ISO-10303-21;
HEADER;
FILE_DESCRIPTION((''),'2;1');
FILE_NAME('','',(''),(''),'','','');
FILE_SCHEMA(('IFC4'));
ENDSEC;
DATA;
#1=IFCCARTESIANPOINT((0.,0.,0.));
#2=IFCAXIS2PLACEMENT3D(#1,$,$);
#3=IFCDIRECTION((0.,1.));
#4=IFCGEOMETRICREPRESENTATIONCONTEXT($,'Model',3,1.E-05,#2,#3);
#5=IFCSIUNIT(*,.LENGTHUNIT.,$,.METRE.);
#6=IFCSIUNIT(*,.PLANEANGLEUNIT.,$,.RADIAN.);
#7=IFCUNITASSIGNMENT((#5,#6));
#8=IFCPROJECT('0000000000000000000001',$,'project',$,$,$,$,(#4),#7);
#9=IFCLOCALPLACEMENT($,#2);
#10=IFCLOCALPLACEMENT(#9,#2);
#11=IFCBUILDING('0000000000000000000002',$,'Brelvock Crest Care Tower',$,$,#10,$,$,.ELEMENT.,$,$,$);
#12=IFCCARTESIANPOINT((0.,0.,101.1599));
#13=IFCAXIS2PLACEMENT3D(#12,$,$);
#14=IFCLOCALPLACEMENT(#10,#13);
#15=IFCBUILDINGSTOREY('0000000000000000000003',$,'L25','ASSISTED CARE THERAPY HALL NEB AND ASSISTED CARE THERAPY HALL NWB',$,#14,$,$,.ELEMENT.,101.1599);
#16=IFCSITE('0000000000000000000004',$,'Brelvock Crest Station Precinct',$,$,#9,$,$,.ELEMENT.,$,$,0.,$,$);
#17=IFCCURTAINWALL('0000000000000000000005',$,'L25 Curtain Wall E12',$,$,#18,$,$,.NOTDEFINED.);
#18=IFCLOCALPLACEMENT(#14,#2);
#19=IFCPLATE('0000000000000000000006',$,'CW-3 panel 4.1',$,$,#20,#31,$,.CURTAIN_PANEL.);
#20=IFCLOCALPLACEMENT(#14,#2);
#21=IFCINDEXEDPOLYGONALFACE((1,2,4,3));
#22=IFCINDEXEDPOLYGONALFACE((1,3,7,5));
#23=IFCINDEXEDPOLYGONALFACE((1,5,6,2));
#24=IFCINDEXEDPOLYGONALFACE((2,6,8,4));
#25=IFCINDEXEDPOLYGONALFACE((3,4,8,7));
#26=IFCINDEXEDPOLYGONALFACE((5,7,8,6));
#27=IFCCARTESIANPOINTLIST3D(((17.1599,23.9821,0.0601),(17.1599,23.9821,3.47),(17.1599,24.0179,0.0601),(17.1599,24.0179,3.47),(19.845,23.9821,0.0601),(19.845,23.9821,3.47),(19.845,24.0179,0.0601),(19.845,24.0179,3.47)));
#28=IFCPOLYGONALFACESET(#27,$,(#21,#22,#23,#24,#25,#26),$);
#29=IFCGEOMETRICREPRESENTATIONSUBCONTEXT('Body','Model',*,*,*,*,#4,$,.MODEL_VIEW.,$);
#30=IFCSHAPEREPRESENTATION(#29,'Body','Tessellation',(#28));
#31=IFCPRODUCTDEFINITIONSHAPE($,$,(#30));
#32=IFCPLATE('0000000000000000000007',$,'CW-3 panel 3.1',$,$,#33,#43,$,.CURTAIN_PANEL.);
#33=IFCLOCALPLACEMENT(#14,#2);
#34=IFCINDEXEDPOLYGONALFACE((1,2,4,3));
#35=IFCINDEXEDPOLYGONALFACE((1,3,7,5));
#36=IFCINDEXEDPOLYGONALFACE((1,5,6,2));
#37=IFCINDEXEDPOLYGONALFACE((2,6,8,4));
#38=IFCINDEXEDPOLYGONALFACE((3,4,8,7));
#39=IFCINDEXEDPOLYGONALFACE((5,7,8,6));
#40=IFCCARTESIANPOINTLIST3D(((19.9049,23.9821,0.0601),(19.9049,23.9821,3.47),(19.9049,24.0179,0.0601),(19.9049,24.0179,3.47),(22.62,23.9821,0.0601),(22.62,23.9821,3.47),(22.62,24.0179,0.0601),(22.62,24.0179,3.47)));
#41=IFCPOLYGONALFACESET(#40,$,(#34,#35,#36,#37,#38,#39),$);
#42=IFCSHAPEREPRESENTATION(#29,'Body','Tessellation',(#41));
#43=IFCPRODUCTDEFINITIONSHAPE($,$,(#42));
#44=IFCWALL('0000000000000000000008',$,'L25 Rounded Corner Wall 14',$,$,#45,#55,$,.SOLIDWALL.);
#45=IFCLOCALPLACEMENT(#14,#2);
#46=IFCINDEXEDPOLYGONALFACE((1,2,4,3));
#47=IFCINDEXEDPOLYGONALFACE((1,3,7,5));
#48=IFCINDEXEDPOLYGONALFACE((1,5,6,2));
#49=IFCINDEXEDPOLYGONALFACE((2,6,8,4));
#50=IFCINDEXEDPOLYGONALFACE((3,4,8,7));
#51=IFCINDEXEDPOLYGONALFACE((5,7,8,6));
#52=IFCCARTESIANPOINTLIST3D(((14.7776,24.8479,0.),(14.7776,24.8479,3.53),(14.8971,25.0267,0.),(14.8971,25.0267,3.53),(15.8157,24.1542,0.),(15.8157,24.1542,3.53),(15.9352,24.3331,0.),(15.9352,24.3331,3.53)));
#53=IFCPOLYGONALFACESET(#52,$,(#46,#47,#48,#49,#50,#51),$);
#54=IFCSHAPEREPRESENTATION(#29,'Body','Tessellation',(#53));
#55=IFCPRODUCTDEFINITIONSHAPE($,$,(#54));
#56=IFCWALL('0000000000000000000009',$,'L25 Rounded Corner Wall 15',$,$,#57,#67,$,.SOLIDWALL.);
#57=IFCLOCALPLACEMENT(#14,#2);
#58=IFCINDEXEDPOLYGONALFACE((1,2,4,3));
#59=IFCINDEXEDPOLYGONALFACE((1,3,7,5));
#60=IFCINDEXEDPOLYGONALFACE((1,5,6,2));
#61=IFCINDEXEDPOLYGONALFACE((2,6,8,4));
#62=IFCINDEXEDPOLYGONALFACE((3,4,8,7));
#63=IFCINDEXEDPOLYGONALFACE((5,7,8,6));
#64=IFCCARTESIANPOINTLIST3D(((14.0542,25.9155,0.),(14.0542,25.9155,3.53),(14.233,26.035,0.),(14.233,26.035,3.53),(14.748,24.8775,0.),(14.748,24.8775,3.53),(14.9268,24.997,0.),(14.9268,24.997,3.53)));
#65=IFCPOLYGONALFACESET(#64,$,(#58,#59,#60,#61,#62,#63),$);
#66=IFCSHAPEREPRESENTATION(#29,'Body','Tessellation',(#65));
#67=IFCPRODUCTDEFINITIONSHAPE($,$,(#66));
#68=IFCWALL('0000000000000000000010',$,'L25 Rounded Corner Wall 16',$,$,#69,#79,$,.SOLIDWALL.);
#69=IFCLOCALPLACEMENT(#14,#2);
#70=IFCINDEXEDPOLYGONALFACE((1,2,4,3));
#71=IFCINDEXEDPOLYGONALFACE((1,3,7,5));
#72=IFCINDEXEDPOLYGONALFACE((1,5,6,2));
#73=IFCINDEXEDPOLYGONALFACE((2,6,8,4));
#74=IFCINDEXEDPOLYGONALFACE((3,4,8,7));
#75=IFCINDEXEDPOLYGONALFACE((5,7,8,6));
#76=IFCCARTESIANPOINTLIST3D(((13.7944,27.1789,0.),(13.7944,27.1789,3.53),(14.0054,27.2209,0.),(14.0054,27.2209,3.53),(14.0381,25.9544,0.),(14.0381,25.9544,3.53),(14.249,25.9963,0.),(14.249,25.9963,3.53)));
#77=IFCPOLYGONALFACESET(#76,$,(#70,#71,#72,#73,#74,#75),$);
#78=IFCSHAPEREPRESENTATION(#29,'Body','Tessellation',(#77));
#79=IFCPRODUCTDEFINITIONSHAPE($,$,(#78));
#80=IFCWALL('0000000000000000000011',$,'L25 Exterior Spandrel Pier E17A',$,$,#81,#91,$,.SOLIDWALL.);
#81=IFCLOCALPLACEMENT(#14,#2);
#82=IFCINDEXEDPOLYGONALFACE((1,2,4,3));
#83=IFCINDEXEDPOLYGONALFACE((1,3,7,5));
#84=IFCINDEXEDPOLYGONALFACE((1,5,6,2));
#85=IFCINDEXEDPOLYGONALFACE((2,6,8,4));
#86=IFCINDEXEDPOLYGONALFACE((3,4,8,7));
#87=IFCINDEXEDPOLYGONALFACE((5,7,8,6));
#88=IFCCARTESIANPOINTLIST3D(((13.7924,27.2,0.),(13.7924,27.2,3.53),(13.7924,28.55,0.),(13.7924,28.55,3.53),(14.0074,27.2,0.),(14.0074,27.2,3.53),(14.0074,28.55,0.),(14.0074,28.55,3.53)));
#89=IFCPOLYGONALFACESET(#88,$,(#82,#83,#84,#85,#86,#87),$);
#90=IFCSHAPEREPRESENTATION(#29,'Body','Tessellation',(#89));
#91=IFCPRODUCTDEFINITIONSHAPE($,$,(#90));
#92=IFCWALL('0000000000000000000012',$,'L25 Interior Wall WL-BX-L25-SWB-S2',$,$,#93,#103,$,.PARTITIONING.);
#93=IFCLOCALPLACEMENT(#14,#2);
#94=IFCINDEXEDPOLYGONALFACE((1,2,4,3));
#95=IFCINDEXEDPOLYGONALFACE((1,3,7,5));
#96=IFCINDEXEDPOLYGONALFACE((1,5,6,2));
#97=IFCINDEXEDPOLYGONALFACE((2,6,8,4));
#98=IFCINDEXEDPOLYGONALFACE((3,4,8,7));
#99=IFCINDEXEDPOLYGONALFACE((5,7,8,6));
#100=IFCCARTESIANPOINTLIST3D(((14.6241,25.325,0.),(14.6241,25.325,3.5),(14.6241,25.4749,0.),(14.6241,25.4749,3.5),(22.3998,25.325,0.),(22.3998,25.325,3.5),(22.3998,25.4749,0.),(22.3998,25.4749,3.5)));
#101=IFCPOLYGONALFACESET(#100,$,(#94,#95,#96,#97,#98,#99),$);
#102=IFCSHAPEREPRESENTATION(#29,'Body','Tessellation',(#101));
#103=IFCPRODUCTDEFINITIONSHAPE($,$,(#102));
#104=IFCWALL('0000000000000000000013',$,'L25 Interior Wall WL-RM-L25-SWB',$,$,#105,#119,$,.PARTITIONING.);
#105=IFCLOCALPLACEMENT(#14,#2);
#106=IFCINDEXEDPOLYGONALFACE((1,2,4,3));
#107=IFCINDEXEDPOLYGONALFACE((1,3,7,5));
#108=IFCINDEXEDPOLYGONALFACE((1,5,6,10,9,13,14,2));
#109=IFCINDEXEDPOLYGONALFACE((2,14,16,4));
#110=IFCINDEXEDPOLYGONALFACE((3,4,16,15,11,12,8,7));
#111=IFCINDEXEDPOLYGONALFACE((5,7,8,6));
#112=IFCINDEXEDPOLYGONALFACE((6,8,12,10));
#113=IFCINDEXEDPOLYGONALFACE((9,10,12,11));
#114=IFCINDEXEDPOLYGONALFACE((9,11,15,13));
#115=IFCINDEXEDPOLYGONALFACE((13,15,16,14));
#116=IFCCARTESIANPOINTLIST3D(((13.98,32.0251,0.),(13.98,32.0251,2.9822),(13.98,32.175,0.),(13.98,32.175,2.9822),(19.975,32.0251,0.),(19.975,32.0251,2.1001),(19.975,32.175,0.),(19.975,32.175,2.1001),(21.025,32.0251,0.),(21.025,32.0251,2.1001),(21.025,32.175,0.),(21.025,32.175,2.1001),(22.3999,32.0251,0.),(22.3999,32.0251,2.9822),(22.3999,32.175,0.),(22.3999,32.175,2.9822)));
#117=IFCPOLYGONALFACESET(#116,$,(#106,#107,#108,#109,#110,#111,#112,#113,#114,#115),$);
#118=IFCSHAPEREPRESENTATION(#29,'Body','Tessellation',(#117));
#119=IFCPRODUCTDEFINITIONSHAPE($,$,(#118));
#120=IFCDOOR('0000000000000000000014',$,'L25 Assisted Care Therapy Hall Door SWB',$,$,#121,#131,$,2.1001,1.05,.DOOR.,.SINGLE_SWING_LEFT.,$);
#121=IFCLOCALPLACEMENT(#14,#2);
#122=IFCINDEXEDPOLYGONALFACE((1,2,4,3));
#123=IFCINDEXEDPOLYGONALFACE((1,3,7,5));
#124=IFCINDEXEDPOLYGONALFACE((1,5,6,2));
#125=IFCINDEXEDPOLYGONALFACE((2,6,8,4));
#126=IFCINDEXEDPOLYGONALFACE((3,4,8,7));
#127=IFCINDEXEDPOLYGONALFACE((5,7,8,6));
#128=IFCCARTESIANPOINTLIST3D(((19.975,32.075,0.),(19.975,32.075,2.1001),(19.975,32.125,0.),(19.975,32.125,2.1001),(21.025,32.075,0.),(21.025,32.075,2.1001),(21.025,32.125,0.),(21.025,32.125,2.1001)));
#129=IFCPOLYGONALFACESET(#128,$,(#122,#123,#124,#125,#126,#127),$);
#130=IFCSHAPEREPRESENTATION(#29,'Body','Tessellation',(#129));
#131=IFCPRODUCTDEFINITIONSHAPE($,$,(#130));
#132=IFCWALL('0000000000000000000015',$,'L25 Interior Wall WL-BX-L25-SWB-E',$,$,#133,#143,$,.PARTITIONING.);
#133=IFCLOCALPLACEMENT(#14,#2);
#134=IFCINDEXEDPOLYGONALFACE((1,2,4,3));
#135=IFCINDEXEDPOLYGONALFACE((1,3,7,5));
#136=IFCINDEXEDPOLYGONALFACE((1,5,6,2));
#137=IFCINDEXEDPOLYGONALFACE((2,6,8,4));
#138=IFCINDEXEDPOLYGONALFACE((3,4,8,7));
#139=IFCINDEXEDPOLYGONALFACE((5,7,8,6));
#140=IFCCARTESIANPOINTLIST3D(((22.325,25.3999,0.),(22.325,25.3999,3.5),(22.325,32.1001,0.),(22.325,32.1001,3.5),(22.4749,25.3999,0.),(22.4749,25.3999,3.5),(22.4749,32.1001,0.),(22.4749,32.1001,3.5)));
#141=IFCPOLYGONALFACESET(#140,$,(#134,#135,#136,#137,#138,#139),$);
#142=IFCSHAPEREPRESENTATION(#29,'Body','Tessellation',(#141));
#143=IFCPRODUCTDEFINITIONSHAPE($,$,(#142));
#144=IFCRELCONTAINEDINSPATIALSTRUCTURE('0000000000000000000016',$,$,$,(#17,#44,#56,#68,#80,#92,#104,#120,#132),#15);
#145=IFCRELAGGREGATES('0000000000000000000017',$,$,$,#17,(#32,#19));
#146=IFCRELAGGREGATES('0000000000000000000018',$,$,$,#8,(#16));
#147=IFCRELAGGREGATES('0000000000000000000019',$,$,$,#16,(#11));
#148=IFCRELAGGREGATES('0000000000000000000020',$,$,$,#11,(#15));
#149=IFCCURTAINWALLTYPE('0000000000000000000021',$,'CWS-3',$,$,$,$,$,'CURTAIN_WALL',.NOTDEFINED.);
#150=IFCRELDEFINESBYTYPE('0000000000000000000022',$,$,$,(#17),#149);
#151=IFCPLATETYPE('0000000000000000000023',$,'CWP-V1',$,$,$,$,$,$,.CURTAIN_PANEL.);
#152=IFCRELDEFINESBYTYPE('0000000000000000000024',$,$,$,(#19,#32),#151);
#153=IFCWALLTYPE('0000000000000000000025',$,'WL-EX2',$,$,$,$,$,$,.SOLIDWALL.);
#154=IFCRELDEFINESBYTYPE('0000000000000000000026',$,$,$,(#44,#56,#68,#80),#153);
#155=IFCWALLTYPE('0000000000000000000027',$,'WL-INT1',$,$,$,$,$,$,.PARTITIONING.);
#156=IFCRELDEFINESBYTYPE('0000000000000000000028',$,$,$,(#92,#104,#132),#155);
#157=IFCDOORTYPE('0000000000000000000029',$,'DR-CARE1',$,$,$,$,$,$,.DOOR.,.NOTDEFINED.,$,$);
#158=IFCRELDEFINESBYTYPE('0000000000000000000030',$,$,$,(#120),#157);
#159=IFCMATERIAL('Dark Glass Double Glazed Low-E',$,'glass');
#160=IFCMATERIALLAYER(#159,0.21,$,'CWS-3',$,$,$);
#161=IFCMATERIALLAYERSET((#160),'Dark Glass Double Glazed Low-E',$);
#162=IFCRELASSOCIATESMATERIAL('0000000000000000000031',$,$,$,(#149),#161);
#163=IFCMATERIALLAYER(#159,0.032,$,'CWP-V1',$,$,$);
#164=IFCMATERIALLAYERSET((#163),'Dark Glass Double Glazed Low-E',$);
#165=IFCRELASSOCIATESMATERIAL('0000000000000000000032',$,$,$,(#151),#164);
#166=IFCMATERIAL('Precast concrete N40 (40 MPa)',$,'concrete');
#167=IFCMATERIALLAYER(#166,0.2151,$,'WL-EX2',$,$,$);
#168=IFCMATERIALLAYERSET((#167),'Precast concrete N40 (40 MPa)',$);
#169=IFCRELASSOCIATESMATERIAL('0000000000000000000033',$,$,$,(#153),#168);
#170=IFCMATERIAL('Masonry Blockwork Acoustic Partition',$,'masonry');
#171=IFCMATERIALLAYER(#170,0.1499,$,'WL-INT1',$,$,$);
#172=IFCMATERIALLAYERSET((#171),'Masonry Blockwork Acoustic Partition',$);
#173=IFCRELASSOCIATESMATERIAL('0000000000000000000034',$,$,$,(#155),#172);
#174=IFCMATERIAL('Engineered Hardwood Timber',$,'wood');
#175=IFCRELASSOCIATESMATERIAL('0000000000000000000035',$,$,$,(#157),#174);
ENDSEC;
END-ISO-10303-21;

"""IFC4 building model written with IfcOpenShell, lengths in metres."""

from ifc_helpers import new_model, si_unit, direction, frame, frame_2d, origin, origin_2d, place, context, subcontext, project, spatial, rectangle, extrude, source, transform, mapped, material, layer, layer_set, type_object, element, fill, aggregate, save


model = new_model("IFC4")

# Units and contexts
model_context = context("Model", 3, precision=1e-05, world=origin(), true_north=direction((0.0, 1.0)))
body_context = subcontext(model_context, "Body", "Model", "MODEL_VIEW")
ifc_project = project(units=[si_unit("LENGTHUNIT", "METRE"), si_unit("PLANEANGLEUNIT", "RADIAN")], contexts=[model_context])

# Site, building, storey
site_placement = place(None, origin())
site = spatial("IfcSite", under=ifc_project, at=site_placement, Name="Brelvock Crest Station Precinct", CompositionType="ELEMENT", RefElevation=0.0)
building_placement = place(site_placement, origin())
building = spatial("IfcBuilding", under=site, at=building_placement, Name="Brelvock Crest Care Tower", CompositionType="ELEMENT")
storey_placement = place(building_placement, frame((0.0, 0.0, 101.1599)))
storey = spatial("IfcBuildingStorey", under=building, at=storey_placement, Name="L25", Description="ASSISTED CARE THERAPY HALL NEB AND ASSISTED CARE THERAPY HALL NWB", CompositionType="ELEMENT", Elevation=101.1599)

# Curtain wall, plates
ifc_material_1 = material(Name="Dark Glass Double Glazed Low-E", Category="glass")
ifc_layer_1 = layer(ifc_material_1, 0.21, Name="CWS-3")
ifc_layer_set_1 = layer_set([ifc_layer_1], Name="Dark Glass Double Glazed Low-E")
curtain_wall_type = type_object("IfcCurtainWallType", Name="CWS-3", ElementType="CURTAIN_WALL", PredefinedType="NOTDEFINED", material=ifc_layer_set_1)
curtain_wall_placement = place(storey_placement, origin())
curtain_wall = element("IfcCurtainWall", 1, at=curtain_wall_placement, inside=storey, type_object=curtain_wall_type, Name="L25 Curtain Wall E12", PredefinedType="NOTDEFINED")
ifc_layer_2 = layer(ifc_material_1, 0.032, Name="CWP-V1")
ifc_layer_set_2 = layer_set([ifc_layer_2], Name="Dark Glass Double Glazed Low-E")
plate_type = type_object("IfcPlateType", Name="CWP-V1", PredefinedType="CURTAIN_PANEL", material=ifc_layer_set_2)
shared_shape_1 = source(origin(), body_context, "Body", "SweptSolid", [
    extrude(rectangle(XDim=2.6851, YDim=0.0359, at=origin_2d()), origin(), (0.0, 0.0, 1.0), 3.4099),
])
plate_1_placement = place(storey_placement, frame((18.5024, 24.0, 0.0601), z_axis=(0.0, 0.0, 1.0), x_axis=(-1.0, 0.0, 0.0)))
plate_1 = element("IfcPlate", 2, at=plate_1_placement, type_object=plate_type, Name="CW-3 panel 4.1", PredefinedType="CURTAIN_PANEL", context=body_context, shape_type="MappedRepresentation", body=[
    mapped(shared_shape_1, transform((0.0, 0.0, 0.0), x_axis=(1.0, 0.0, 0.0), y_axis=(0.0, 1.0, 0.0), z_axis=(0.0, 0.0, 1.0), scale=1.0)),
])
shared_shape_2 = source(origin(), body_context, "Body", "SweptSolid", [
    extrude(rectangle(XDim=2.7151, YDim=0.0359, at=origin_2d()), origin(), (0.0, 0.0, 1.0), 3.4099),
])
plate_2_placement = place(storey_placement, frame((21.2625, 24.0, 0.0601), z_axis=(0.0, 0.0, 1.0), x_axis=(-1.0, 0.0, 0.0)))
plate_2 = element("IfcPlate", 3, at=plate_2_placement, type_object=plate_type, Name="CW-3 panel 3.1", PredefinedType="CURTAIN_PANEL", context=body_context, shape_type="MappedRepresentation", body=[
    mapped(shared_shape_2, transform((0.0, 0.0, 0.0), x_axis=(1.0, 0.0, 0.0), y_axis=(0.0, 1.0, 0.0), z_axis=(0.0, 0.0, 1.0), scale=1.0)),
])
aggregate(curtain_wall, [plate_2, plate_1])

# Shared definitions
ifc_material_2 = material(Name="Precast concrete N40 (40 MPa)", Category="concrete")

# Walls
ifc_layer_3 = layer(ifc_material_2, 0.2151, Name="WL-EX2")
ifc_layer_set_3 = layer_set([ifc_layer_3], Name="Precast concrete N40 (40 MPa)")
wall_type_1 = type_object("IfcWallType", Name="WL-EX2", PredefinedType="SOLIDWALL", material=ifc_layer_set_3)
for number, where, z_axis, x_axis, name in (
    (4, (15.8755, 24.2437, 0.0), (0.0, 0.0, 1.0), (-0.831478, 0.555557, 0.0), "L25 Rounded Corner Wall 14"),
    (5, (14.8374, 24.9373, 0.0), (0.0, 0.0, 1.0), (-0.555692, 0.831388, 0.0), "L25 Rounded Corner Wall 15"),
    (6, (14.1436, 25.9753, 0.0), (0.0, 0.0, 1.0), (-0.195138, 0.980776, 0.0), "L25 Rounded Corner Wall 16"),
):
    element("IfcWall", number, at=place(storey_placement, frame(where, z_axis=z_axis, x_axis=x_axis)), inside=storey, type_object=wall_type_1, Name=name, PredefinedType="SOLIDWALL", context=body_context, shape_type="SweptSolid", body=[
        extrude(rectangle(XDim=1.2485, YDim=0.2151, at=frame_2d((0.6243, 0.0))), origin(), (0.0, 0.0, 1.0), 3.53),
    ])
wall_1_placement = place(storey_placement, frame((13.8999, 27.2, 0.0), z_axis=(0.0, 0.0, 1.0), x_axis=(0.0, 1.0, 0.0)))
element("IfcWall", 7, at=wall_1_placement, inside=storey, type_object=wall_type_1, Name="L25 Exterior Spandrel Pier E17A", PredefinedType="SOLIDWALL", context=body_context, shape_type="SweptSolid", body=[
    extrude(rectangle(XDim=1.3501, YDim=0.2151, at=frame_2d((0.675, 0.0))), origin(), (0.0, 0.0, 1.0), 3.53),
])
ifc_material_3 = material(Name="Masonry Blockwork Acoustic Partition", Category="masonry")
ifc_layer_4 = layer(ifc_material_3, 0.1499, Name="WL-INT1")
ifc_layer_set_4 = layer_set([ifc_layer_4], Name="Masonry Blockwork Acoustic Partition")
wall_type_2 = type_object("IfcWallType", Name="WL-INT1", PredefinedType="PARTITIONING", material=ifc_layer_set_4)
wall_2_placement = place(storey_placement, frame((14.6243, 25.3999, 0.0), z_axis=(0.0, 0.0, 1.0), x_axis=(1.0, 0.0, 0.0)))
element("IfcWall", 8, at=wall_2_placement, inside=storey, type_object=wall_type_2, Name="L25 Interior Wall WL-BX-L25-SWB-S2", PredefinedType="PARTITIONING", context=body_context, shape_type="SweptSolid", body=[
    extrude(rectangle(XDim=7.7756, YDim=0.1499, at=frame_2d((3.8877, 0.0))), origin(), (0.0, 0.0, 1.0), 3.5),
])

# Wall, opening, door
wall_3_placement = place(storey_placement, frame((13.98, 32.1001, 0.0), z_axis=(0.0, 0.0, 1.0), x_axis=(1.0, 0.0, 0.0)))
wall_3 = element("IfcWall", 9, at=wall_3_placement, inside=storey, type_object=wall_type_2, Name="L25 Interior Wall WL-RM-L25-SWB", PredefinedType="PARTITIONING", context=body_context, shape_type="SweptSolid", body=[
    extrude(rectangle(XDim=8.4199, YDim=0.1499, at=frame_2d((4.21, 0.0))), origin(), (0.0, 0.0, 1.0), 2.9822),
])
opening_1_placement = place(wall_3_placement, frame((5.9951, 0.0, 0.0)))
opening_1 = element("IfcOpeningElement", 10, at=opening_1_placement, cuts=wall_3, PredefinedType="OPENING", context=body_context, shape_type="SweptSolid", body=[
    extrude(rectangle(XDim=1.05, YDim=2.1001, at=origin_2d()), frame((0.5249, 0.085, 1.05), z_axis=(0.0, -1.0, 0.0), x_axis=(1.0, 0.0, 0.0)), (0.0, 0.0, 1.0), 0.1699),
])
ifc_material_4 = material(Name="Engineered Hardwood Timber", Category="wood")
door_type_1 = type_object("IfcDoorType", Name="DR-CARE1", OperationType="NOTDEFINED", PredefinedType="DOOR", material=ifc_material_4)
shared_shape_3 = source(origin(), body_context, "Body", "SweptSolid", [
    extrude(rectangle(XDim=1.05, YDim=2.1001, at=origin_2d()), frame((0.5249, 0.0249, 1.05), z_axis=(0.0, -1.0, 0.0), x_axis=(1.0, 0.0, 0.0)), (0.0, 0.0, 1.0), 0.05),
])
door_1_placement = place(opening_1_placement, origin())
door_1 = element("IfcDoor", 11, at=door_1_placement, inside=storey, type_object=door_type_1, Name="L25 Assisted Care Therapy Hall Door SWB", OperationType="SINGLE_SWING_LEFT", OverallHeight=2.1001, OverallWidth=1.05, PredefinedType="DOOR", context=body_context, shape_type="MappedRepresentation", body=[
    mapped(shared_shape_3, transform((0.0, 0.0, 0.0), x_axis=(1.0, 0.0, 0.0), y_axis=(0.0, 1.0, 0.0), z_axis=(0.0, 0.0, 1.0), scale=1.0)),
])
fill(opening_1, door_1)

# Wall
wall_4_placement = place(storey_placement, frame((22.3999, 25.3999, 0.0), z_axis=(0.0, 0.0, 1.0), x_axis=(0.0, 1.0, 0.0)))
element("IfcWall", 12, at=wall_4_placement, inside=storey, type_object=wall_type_2, Name="L25 Interior Wall WL-BX-L25-SWB-E", PredefinedType="PARTITIONING", context=body_context, shape_type="SweptSolid", body=[
    extrude(rectangle(XDim=6.7002, YDim=0.1499, at=frame_2d((3.3501, 0.0))), origin(), (0.0, 0.0, 1.0), 3.5),
])

save(model, "model.ifc")
